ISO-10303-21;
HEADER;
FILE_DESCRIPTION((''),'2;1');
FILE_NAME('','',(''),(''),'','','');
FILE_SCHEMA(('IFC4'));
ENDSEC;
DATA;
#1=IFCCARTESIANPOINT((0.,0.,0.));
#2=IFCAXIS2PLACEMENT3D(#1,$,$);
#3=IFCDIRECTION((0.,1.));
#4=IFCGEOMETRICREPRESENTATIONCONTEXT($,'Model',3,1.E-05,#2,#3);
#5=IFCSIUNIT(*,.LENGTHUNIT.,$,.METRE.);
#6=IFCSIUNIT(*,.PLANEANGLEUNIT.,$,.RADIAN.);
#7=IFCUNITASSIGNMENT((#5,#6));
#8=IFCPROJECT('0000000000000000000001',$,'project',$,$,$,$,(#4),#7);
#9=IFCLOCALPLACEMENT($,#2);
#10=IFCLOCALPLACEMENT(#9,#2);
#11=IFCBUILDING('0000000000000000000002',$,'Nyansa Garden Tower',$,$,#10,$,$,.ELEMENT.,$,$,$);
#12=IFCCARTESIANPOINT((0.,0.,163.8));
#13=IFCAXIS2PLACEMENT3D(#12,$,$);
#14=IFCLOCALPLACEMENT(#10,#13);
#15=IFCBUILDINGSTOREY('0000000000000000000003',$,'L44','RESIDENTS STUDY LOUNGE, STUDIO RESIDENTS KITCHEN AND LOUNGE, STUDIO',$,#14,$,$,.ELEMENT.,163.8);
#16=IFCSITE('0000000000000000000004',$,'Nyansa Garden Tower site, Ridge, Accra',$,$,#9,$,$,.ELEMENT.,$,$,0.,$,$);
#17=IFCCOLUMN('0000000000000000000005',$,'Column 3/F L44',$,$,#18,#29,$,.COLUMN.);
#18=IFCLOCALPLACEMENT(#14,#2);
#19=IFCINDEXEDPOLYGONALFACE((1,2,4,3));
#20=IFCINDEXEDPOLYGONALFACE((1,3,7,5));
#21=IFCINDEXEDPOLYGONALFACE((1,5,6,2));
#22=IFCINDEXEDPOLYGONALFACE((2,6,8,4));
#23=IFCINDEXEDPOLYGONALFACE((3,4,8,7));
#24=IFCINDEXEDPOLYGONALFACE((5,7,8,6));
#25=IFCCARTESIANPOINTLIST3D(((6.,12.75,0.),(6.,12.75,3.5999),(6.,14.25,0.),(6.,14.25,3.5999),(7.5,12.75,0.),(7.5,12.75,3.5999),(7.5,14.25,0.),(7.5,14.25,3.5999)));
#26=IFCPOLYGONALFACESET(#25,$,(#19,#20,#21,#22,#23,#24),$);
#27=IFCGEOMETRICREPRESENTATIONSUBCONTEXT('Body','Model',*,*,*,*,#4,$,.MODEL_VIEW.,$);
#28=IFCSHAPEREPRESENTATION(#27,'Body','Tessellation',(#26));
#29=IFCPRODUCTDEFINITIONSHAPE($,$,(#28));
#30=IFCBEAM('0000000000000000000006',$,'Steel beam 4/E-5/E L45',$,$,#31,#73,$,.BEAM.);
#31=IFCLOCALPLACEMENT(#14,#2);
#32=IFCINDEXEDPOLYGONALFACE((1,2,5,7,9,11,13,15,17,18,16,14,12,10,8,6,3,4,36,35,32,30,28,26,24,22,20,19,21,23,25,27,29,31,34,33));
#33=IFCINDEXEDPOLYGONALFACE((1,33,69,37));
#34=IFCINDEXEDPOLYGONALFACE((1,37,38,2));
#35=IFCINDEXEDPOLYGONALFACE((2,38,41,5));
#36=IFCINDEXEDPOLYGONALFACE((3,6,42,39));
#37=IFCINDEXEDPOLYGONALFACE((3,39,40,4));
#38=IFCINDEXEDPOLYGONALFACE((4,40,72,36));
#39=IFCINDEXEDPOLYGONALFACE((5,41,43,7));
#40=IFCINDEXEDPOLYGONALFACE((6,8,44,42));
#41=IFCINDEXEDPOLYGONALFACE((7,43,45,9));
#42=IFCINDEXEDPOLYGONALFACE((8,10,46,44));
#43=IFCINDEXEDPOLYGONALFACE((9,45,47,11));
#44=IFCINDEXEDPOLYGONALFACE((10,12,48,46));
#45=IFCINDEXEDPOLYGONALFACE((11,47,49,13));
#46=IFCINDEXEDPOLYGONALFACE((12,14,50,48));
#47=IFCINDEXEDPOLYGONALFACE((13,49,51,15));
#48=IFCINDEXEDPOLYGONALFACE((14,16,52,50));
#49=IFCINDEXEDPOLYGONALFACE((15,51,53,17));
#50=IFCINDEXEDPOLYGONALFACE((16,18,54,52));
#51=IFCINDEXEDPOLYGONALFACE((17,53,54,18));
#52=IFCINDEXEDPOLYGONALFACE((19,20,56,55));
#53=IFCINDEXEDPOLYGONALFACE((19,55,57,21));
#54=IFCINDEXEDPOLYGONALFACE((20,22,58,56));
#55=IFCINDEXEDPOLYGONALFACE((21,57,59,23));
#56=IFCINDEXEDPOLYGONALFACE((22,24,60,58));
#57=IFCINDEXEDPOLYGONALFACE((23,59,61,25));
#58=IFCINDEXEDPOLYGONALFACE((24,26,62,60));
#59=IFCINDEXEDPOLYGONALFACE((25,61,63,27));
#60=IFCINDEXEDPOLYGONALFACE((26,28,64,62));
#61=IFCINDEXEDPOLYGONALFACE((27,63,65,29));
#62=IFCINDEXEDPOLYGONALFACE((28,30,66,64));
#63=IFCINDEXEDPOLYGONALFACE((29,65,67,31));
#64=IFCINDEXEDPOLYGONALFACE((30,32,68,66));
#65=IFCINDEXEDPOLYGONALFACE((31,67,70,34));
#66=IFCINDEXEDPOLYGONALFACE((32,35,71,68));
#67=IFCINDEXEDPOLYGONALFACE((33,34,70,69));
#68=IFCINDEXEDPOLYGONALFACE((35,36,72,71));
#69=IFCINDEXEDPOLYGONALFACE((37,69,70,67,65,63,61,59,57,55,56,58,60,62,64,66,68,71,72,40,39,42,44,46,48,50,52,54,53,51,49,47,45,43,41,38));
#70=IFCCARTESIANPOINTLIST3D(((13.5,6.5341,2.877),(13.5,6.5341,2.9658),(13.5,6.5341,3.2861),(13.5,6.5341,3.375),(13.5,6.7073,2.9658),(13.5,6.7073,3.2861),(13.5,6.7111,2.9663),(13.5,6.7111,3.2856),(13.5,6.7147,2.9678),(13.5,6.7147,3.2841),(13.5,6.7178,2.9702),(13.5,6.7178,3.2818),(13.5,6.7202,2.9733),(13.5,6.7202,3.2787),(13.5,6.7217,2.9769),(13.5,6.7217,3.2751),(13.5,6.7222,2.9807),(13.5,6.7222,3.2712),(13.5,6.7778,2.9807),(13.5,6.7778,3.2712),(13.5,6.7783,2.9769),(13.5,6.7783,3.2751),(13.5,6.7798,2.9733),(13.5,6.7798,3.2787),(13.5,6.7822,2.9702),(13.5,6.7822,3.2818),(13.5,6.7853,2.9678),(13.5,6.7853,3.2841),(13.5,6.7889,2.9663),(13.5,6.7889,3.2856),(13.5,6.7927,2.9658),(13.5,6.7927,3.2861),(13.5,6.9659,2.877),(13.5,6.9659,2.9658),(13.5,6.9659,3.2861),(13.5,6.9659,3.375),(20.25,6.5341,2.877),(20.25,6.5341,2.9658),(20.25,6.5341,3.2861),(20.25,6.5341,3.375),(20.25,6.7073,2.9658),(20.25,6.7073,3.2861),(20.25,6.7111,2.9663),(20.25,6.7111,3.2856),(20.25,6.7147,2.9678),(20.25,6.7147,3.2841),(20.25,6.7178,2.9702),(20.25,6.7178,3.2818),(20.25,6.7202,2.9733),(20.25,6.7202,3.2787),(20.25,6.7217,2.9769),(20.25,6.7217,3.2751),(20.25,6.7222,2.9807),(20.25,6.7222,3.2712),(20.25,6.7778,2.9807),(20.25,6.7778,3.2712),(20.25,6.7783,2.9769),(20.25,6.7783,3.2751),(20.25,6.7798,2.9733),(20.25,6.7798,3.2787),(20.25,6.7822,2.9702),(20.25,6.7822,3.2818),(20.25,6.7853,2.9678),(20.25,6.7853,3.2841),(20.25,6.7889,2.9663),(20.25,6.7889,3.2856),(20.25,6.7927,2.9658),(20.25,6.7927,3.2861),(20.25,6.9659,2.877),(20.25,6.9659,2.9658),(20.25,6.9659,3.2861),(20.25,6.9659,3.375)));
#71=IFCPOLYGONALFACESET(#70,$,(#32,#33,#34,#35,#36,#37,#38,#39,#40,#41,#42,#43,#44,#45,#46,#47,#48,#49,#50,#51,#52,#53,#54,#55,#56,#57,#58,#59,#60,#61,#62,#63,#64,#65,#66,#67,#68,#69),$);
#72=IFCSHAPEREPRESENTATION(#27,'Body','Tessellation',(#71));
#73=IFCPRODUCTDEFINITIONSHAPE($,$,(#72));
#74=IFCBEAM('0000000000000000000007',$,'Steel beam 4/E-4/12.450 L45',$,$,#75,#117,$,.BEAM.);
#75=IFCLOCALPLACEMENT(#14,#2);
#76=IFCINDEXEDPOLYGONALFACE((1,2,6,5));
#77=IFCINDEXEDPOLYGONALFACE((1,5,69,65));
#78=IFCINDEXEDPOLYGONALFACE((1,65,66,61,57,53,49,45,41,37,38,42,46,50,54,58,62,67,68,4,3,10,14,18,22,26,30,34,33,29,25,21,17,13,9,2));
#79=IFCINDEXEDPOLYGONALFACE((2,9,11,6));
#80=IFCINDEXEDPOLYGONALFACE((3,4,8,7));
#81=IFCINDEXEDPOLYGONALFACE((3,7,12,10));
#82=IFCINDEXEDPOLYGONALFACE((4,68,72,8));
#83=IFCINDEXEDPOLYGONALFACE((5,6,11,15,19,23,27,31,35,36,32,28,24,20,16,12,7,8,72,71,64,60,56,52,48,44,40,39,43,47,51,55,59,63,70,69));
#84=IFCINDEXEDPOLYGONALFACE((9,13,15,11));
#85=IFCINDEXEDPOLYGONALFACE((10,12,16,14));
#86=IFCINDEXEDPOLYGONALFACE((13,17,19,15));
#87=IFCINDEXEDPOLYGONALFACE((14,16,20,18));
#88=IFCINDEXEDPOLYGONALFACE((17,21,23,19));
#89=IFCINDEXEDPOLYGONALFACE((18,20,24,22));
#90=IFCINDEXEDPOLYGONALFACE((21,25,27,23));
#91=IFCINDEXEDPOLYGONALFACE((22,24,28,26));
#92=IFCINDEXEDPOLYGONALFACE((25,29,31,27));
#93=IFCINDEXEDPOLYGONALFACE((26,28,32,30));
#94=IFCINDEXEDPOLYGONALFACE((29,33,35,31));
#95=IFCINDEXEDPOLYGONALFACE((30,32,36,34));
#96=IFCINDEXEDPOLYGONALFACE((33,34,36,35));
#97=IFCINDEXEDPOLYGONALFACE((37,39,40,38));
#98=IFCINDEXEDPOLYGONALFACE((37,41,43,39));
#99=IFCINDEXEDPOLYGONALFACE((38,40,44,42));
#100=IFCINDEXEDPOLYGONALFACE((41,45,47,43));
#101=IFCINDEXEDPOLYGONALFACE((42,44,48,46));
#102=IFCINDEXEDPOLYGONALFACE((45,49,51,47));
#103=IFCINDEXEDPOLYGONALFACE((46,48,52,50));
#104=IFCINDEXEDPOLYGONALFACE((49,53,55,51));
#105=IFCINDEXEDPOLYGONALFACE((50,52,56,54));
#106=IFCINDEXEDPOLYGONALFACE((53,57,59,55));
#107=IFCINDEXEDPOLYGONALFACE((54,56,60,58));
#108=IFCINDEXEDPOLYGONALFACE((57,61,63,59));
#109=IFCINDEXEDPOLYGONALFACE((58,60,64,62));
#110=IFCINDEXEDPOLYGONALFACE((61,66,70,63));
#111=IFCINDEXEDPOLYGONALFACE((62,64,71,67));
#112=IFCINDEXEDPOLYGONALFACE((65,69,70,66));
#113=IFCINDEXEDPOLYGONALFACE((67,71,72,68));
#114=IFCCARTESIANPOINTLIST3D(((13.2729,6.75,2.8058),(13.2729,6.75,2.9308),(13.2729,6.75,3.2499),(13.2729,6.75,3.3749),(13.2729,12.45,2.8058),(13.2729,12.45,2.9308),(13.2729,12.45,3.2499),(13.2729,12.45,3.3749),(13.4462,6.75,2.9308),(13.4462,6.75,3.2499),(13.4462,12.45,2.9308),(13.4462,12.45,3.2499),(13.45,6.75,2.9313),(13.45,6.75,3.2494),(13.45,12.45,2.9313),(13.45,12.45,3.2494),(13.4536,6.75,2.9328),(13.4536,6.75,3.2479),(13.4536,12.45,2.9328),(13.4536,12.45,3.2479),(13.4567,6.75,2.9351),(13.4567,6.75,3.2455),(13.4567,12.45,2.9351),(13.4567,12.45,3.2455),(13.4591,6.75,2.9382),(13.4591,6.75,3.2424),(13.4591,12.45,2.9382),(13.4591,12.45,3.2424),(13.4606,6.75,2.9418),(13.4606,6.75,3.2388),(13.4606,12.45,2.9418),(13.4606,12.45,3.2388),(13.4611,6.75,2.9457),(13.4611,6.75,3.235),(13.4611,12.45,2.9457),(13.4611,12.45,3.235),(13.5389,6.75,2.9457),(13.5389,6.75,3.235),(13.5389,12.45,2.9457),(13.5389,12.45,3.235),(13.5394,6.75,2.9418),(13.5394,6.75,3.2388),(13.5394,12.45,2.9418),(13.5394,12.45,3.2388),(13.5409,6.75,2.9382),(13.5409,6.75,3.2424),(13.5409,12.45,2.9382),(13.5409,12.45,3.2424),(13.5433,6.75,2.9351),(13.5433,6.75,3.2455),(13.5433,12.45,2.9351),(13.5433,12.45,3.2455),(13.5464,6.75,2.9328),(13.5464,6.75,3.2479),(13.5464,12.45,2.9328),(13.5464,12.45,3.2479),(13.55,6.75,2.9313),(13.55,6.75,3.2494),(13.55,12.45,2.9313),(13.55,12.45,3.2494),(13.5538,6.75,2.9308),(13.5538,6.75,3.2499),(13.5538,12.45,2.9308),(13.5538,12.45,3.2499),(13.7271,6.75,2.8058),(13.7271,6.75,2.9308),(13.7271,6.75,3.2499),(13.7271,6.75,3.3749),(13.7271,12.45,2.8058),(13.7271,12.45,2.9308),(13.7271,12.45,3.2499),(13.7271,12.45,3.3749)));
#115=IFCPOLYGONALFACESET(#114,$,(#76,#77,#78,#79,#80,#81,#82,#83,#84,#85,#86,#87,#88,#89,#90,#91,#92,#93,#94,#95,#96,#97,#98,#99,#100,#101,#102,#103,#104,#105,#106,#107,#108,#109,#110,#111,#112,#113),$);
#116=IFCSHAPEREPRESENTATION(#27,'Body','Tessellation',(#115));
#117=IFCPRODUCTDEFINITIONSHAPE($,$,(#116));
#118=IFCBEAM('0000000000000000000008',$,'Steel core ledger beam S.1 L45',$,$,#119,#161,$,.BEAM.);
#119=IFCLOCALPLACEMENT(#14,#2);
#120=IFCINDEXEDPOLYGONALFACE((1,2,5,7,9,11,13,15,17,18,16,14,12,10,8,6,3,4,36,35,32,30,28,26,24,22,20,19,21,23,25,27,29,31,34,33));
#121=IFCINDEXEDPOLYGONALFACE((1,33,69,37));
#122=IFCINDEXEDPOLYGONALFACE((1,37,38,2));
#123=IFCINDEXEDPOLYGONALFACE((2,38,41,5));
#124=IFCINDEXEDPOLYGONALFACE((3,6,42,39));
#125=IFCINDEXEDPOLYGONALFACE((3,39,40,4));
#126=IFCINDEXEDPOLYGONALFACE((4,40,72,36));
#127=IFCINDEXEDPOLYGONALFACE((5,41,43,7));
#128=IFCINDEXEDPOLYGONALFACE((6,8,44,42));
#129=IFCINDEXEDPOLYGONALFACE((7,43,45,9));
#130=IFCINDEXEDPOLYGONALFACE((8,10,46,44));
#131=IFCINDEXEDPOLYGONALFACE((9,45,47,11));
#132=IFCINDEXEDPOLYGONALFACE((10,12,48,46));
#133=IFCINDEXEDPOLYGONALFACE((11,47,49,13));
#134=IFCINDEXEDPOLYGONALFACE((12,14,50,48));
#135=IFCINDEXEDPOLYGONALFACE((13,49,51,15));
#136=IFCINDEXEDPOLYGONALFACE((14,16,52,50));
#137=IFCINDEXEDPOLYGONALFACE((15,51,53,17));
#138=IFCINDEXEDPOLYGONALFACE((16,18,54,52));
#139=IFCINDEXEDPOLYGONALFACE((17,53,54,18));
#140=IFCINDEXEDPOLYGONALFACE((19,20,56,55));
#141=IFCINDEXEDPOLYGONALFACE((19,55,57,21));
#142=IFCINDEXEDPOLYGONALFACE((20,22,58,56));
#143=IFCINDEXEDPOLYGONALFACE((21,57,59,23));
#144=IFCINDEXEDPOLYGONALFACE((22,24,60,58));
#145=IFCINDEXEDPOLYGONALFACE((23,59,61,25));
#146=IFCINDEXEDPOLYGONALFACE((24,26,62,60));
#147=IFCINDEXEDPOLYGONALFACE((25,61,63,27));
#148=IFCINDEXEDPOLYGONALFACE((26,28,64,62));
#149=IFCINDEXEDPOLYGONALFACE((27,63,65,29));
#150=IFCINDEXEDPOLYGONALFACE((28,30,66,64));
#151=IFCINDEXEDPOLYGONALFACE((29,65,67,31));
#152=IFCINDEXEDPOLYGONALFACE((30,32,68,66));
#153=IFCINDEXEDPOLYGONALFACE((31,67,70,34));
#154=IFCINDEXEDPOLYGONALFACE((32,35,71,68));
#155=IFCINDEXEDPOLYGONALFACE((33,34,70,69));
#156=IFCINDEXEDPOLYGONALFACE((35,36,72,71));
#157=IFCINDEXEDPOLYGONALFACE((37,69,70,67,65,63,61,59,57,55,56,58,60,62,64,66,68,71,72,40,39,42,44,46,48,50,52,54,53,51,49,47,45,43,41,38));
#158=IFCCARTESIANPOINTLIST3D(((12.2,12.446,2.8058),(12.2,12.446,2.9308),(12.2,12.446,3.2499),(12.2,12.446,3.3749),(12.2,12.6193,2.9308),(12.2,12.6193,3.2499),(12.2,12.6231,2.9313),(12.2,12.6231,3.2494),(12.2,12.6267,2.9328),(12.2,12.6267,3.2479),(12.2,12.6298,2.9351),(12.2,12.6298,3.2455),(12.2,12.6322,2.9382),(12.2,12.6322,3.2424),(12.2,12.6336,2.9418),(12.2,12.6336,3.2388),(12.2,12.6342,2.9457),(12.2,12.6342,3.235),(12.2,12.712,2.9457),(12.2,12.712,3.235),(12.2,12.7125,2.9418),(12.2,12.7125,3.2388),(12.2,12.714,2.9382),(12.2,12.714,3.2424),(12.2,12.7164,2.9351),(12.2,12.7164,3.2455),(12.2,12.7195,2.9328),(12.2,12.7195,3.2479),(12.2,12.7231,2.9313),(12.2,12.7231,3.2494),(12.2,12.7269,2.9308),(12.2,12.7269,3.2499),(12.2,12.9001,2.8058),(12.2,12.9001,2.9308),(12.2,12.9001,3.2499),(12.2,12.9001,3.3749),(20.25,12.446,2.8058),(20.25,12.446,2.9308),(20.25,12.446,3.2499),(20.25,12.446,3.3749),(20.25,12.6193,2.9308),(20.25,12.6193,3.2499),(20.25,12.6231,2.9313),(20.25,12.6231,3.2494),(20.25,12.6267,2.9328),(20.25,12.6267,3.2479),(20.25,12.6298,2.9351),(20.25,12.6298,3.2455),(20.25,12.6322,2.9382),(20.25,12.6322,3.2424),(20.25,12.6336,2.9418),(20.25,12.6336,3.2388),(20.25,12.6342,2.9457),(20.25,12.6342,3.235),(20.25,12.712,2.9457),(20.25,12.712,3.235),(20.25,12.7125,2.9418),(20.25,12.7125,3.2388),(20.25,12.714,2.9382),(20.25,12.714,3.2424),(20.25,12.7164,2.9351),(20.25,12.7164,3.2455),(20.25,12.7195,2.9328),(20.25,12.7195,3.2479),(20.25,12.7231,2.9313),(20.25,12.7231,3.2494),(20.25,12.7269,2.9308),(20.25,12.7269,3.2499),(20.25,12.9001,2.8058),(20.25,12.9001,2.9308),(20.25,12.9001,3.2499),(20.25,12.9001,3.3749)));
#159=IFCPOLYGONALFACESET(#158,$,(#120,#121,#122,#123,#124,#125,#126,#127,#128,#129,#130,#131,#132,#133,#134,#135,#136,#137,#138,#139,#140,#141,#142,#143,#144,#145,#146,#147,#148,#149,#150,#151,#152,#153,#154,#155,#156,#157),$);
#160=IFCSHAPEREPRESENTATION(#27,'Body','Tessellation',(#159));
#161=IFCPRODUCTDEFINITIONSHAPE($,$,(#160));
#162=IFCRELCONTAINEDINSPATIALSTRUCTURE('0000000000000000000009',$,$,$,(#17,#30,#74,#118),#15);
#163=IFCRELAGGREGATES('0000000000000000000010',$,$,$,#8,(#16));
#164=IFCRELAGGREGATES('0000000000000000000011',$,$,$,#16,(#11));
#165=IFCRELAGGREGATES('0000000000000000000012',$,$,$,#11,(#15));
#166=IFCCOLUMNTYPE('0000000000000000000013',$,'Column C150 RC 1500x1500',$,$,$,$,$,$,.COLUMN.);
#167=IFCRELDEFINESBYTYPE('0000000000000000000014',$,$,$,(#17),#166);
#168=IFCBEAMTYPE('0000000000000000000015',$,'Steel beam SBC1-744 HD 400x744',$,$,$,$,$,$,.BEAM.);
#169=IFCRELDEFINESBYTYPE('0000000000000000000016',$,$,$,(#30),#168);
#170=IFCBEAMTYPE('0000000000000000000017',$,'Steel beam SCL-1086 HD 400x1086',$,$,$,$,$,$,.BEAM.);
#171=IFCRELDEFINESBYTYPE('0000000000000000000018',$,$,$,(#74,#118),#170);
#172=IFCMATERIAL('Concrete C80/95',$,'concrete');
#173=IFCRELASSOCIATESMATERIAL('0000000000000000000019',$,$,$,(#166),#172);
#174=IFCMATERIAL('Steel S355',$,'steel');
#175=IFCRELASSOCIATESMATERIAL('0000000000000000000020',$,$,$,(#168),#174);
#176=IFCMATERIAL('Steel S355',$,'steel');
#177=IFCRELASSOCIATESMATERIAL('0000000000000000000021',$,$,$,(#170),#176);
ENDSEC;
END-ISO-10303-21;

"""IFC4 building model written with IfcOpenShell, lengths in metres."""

from ifc_helpers import new_model, si_unit, direction, frame, origin, origin_2d, place, context, subcontext, project, spatial, rectangle, i_section, extrude, material, material_profile, profile_set, type_object, element, save


model = new_model("IFC4")

# Units and contexts
model_context = context("Model", 3, precision=1e-05, world=origin(), true_north=direction((0.0, 1.0)))
body_context = subcontext(model_context, "Body", "Model", "MODEL_VIEW")
ifc_project = project(units=[si_unit("LENGTHUNIT", "METRE"), si_unit("PLANEANGLEUNIT", "RADIAN")], contexts=[model_context])

# Site, building, storey
site_placement = place(None, origin())
site = spatial("IfcSite", under=ifc_project, at=site_placement, Name="Nyansa Garden Tower site, Ridge, Accra", CompositionType="ELEMENT", RefElevation=0.0)
building_placement = place(site_placement, origin())
building = spatial("IfcBuilding", under=site, at=building_placement, Name="Nyansa Garden Tower", CompositionType="ELEMENT")
storey_placement = place(building_placement, frame((0.0, 0.0, 163.8)))
storey = spatial("IfcBuildingStorey", under=building, at=storey_placement, Name="L44", Description="RESIDENTS STUDY LOUNGE, STUDIO RESIDENTS KITCHEN AND LOUNGE, STUDIO", CompositionType="ELEMENT", Elevation=163.8)

# Column
ifc_material_1 = material(Name="Concrete C80/95", Category="concrete")
ifc_material_profile_1 = material_profile(ifc_material_1, rectangle(XDim=1.5, YDim=1.5, at=origin_2d()), Name="RC 1500x1500")
ifc_profile_set_1 = profile_set([ifc_material_profile_1], Name="Concrete C80/95")
column_type = type_object("IfcColumnType", Name="Column C150 RC 1500x1500", PredefinedType="COLUMN", material=ifc_profile_set_1)
column_placement = place(storey_placement, frame((6.75, 13.5, 0.0), z_axis=(0.0, 0.0, 1.0), x_axis=(1.0, 0.0, 0.0)))
element("IfcColumn", 1, at=column_placement, inside=storey, type_object=column_type, Name="Column 3/F L44", PredefinedType="COLUMN", context=body_context, shape_type="SweptSolid", body=[
    extrude(rectangle(XDim=1.5, YDim=1.5, at=origin_2d()), origin(), (0.0, 0.0, 1.0), 3.5999),
])

# Beams
ifc_material_2 = material(Name="Steel S355", Category="steel")
ifc_material_profile_2 = material_profile(ifc_material_2, i_section(OverallWidth=0.4319, OverallDepth=0.498, WebThickness=0.0557, FlangeThickness=0.0889, FilletRadius=0.0149, at=origin_2d()), Name="HD 400x744")
ifc_profile_set_2 = profile_set([ifc_material_profile_2], Name="Steel S355")
beam_type_1 = type_object("IfcBeamType", Name="Steel beam SBC1-744 HD 400x744", PredefinedType="BEAM", material=ifc_profile_set_2)
beam_1_placement = place(storey_placement, frame((13.5, 6.75, 3.126), z_axis=(1.0, 0.0, 0.0), x_axis=(0.0, 1.0, 0.0)))
element("IfcBeam", 2, at=beam_1_placement, inside=storey, type_object=beam_type_1, Name="Steel beam 4/E-5/E L45", PredefinedType="BEAM", context=body_context, shape_type="SweptSolid", body=[
    extrude(i_section(OverallWidth=0.4319, OverallDepth=0.498, WebThickness=0.0557, FlangeThickness=0.0889, FilletRadius=0.0149, at=origin_2d()), origin(), (0.0, 0.0, 1.0), 6.75),
])
ifc_material_3 = material(Name="Steel S355", Category="steel")
ifc_material_profile_3 = material_profile(ifc_material_3, i_section(OverallWidth=0.4541, OverallDepth=0.5691, WebThickness=0.0779, FlangeThickness=0.125, FilletRadius=0.0149, at=origin_2d()), Name="HD 400x1086")
ifc_profile_set_3 = profile_set([ifc_material_profile_3], Name="Steel S355")
beam_type_2 = type_object("IfcBeamType", Name="Steel beam SCL-1086 HD 400x1086", PredefinedType="BEAM", material=ifc_profile_set_3)
beam_2_placement = place(storey_placement, frame((13.5, 6.75, 3.0903), z_axis=(0.0, 1.0, 0.0), x_axis=(-1.0, 0.0, 0.0)))
element("IfcBeam", 3, at=beam_2_placement, inside=storey, type_object=beam_type_2, Name="Steel beam 4/E-4/12.450 L45", PredefinedType="BEAM", context=body_context, shape_type="SweptSolid", body=[
    extrude(i_section(OverallWidth=0.4541, OverallDepth=0.5691, WebThickness=0.0779, FlangeThickness=0.125, FilletRadius=0.0149, at=origin_2d()), origin(), (0.0, 0.0, 1.0), 5.7),
])
beam_3_placement = place(storey_placement, frame((12.2, 12.6731, 3.0903), z_axis=(1.0, 0.0, 0.0), x_axis=(0.0, 1.0, 0.0)))
element("IfcBeam", 4, at=beam_3_placement, inside=storey, type_object=beam_type_2, Name="Steel core ledger beam S.1 L45", PredefinedType="BEAM", context=body_context, shape_type="SweptSolid", body=[
    extrude(i_section(OverallWidth=0.4541, OverallDepth=0.5691, WebThickness=0.0779, FlangeThickness=0.125, FilletRadius=0.0149, at=origin_2d()), origin(), (0.0, 0.0, 1.0), 8.05),
])

save(model, "model.ifc")
